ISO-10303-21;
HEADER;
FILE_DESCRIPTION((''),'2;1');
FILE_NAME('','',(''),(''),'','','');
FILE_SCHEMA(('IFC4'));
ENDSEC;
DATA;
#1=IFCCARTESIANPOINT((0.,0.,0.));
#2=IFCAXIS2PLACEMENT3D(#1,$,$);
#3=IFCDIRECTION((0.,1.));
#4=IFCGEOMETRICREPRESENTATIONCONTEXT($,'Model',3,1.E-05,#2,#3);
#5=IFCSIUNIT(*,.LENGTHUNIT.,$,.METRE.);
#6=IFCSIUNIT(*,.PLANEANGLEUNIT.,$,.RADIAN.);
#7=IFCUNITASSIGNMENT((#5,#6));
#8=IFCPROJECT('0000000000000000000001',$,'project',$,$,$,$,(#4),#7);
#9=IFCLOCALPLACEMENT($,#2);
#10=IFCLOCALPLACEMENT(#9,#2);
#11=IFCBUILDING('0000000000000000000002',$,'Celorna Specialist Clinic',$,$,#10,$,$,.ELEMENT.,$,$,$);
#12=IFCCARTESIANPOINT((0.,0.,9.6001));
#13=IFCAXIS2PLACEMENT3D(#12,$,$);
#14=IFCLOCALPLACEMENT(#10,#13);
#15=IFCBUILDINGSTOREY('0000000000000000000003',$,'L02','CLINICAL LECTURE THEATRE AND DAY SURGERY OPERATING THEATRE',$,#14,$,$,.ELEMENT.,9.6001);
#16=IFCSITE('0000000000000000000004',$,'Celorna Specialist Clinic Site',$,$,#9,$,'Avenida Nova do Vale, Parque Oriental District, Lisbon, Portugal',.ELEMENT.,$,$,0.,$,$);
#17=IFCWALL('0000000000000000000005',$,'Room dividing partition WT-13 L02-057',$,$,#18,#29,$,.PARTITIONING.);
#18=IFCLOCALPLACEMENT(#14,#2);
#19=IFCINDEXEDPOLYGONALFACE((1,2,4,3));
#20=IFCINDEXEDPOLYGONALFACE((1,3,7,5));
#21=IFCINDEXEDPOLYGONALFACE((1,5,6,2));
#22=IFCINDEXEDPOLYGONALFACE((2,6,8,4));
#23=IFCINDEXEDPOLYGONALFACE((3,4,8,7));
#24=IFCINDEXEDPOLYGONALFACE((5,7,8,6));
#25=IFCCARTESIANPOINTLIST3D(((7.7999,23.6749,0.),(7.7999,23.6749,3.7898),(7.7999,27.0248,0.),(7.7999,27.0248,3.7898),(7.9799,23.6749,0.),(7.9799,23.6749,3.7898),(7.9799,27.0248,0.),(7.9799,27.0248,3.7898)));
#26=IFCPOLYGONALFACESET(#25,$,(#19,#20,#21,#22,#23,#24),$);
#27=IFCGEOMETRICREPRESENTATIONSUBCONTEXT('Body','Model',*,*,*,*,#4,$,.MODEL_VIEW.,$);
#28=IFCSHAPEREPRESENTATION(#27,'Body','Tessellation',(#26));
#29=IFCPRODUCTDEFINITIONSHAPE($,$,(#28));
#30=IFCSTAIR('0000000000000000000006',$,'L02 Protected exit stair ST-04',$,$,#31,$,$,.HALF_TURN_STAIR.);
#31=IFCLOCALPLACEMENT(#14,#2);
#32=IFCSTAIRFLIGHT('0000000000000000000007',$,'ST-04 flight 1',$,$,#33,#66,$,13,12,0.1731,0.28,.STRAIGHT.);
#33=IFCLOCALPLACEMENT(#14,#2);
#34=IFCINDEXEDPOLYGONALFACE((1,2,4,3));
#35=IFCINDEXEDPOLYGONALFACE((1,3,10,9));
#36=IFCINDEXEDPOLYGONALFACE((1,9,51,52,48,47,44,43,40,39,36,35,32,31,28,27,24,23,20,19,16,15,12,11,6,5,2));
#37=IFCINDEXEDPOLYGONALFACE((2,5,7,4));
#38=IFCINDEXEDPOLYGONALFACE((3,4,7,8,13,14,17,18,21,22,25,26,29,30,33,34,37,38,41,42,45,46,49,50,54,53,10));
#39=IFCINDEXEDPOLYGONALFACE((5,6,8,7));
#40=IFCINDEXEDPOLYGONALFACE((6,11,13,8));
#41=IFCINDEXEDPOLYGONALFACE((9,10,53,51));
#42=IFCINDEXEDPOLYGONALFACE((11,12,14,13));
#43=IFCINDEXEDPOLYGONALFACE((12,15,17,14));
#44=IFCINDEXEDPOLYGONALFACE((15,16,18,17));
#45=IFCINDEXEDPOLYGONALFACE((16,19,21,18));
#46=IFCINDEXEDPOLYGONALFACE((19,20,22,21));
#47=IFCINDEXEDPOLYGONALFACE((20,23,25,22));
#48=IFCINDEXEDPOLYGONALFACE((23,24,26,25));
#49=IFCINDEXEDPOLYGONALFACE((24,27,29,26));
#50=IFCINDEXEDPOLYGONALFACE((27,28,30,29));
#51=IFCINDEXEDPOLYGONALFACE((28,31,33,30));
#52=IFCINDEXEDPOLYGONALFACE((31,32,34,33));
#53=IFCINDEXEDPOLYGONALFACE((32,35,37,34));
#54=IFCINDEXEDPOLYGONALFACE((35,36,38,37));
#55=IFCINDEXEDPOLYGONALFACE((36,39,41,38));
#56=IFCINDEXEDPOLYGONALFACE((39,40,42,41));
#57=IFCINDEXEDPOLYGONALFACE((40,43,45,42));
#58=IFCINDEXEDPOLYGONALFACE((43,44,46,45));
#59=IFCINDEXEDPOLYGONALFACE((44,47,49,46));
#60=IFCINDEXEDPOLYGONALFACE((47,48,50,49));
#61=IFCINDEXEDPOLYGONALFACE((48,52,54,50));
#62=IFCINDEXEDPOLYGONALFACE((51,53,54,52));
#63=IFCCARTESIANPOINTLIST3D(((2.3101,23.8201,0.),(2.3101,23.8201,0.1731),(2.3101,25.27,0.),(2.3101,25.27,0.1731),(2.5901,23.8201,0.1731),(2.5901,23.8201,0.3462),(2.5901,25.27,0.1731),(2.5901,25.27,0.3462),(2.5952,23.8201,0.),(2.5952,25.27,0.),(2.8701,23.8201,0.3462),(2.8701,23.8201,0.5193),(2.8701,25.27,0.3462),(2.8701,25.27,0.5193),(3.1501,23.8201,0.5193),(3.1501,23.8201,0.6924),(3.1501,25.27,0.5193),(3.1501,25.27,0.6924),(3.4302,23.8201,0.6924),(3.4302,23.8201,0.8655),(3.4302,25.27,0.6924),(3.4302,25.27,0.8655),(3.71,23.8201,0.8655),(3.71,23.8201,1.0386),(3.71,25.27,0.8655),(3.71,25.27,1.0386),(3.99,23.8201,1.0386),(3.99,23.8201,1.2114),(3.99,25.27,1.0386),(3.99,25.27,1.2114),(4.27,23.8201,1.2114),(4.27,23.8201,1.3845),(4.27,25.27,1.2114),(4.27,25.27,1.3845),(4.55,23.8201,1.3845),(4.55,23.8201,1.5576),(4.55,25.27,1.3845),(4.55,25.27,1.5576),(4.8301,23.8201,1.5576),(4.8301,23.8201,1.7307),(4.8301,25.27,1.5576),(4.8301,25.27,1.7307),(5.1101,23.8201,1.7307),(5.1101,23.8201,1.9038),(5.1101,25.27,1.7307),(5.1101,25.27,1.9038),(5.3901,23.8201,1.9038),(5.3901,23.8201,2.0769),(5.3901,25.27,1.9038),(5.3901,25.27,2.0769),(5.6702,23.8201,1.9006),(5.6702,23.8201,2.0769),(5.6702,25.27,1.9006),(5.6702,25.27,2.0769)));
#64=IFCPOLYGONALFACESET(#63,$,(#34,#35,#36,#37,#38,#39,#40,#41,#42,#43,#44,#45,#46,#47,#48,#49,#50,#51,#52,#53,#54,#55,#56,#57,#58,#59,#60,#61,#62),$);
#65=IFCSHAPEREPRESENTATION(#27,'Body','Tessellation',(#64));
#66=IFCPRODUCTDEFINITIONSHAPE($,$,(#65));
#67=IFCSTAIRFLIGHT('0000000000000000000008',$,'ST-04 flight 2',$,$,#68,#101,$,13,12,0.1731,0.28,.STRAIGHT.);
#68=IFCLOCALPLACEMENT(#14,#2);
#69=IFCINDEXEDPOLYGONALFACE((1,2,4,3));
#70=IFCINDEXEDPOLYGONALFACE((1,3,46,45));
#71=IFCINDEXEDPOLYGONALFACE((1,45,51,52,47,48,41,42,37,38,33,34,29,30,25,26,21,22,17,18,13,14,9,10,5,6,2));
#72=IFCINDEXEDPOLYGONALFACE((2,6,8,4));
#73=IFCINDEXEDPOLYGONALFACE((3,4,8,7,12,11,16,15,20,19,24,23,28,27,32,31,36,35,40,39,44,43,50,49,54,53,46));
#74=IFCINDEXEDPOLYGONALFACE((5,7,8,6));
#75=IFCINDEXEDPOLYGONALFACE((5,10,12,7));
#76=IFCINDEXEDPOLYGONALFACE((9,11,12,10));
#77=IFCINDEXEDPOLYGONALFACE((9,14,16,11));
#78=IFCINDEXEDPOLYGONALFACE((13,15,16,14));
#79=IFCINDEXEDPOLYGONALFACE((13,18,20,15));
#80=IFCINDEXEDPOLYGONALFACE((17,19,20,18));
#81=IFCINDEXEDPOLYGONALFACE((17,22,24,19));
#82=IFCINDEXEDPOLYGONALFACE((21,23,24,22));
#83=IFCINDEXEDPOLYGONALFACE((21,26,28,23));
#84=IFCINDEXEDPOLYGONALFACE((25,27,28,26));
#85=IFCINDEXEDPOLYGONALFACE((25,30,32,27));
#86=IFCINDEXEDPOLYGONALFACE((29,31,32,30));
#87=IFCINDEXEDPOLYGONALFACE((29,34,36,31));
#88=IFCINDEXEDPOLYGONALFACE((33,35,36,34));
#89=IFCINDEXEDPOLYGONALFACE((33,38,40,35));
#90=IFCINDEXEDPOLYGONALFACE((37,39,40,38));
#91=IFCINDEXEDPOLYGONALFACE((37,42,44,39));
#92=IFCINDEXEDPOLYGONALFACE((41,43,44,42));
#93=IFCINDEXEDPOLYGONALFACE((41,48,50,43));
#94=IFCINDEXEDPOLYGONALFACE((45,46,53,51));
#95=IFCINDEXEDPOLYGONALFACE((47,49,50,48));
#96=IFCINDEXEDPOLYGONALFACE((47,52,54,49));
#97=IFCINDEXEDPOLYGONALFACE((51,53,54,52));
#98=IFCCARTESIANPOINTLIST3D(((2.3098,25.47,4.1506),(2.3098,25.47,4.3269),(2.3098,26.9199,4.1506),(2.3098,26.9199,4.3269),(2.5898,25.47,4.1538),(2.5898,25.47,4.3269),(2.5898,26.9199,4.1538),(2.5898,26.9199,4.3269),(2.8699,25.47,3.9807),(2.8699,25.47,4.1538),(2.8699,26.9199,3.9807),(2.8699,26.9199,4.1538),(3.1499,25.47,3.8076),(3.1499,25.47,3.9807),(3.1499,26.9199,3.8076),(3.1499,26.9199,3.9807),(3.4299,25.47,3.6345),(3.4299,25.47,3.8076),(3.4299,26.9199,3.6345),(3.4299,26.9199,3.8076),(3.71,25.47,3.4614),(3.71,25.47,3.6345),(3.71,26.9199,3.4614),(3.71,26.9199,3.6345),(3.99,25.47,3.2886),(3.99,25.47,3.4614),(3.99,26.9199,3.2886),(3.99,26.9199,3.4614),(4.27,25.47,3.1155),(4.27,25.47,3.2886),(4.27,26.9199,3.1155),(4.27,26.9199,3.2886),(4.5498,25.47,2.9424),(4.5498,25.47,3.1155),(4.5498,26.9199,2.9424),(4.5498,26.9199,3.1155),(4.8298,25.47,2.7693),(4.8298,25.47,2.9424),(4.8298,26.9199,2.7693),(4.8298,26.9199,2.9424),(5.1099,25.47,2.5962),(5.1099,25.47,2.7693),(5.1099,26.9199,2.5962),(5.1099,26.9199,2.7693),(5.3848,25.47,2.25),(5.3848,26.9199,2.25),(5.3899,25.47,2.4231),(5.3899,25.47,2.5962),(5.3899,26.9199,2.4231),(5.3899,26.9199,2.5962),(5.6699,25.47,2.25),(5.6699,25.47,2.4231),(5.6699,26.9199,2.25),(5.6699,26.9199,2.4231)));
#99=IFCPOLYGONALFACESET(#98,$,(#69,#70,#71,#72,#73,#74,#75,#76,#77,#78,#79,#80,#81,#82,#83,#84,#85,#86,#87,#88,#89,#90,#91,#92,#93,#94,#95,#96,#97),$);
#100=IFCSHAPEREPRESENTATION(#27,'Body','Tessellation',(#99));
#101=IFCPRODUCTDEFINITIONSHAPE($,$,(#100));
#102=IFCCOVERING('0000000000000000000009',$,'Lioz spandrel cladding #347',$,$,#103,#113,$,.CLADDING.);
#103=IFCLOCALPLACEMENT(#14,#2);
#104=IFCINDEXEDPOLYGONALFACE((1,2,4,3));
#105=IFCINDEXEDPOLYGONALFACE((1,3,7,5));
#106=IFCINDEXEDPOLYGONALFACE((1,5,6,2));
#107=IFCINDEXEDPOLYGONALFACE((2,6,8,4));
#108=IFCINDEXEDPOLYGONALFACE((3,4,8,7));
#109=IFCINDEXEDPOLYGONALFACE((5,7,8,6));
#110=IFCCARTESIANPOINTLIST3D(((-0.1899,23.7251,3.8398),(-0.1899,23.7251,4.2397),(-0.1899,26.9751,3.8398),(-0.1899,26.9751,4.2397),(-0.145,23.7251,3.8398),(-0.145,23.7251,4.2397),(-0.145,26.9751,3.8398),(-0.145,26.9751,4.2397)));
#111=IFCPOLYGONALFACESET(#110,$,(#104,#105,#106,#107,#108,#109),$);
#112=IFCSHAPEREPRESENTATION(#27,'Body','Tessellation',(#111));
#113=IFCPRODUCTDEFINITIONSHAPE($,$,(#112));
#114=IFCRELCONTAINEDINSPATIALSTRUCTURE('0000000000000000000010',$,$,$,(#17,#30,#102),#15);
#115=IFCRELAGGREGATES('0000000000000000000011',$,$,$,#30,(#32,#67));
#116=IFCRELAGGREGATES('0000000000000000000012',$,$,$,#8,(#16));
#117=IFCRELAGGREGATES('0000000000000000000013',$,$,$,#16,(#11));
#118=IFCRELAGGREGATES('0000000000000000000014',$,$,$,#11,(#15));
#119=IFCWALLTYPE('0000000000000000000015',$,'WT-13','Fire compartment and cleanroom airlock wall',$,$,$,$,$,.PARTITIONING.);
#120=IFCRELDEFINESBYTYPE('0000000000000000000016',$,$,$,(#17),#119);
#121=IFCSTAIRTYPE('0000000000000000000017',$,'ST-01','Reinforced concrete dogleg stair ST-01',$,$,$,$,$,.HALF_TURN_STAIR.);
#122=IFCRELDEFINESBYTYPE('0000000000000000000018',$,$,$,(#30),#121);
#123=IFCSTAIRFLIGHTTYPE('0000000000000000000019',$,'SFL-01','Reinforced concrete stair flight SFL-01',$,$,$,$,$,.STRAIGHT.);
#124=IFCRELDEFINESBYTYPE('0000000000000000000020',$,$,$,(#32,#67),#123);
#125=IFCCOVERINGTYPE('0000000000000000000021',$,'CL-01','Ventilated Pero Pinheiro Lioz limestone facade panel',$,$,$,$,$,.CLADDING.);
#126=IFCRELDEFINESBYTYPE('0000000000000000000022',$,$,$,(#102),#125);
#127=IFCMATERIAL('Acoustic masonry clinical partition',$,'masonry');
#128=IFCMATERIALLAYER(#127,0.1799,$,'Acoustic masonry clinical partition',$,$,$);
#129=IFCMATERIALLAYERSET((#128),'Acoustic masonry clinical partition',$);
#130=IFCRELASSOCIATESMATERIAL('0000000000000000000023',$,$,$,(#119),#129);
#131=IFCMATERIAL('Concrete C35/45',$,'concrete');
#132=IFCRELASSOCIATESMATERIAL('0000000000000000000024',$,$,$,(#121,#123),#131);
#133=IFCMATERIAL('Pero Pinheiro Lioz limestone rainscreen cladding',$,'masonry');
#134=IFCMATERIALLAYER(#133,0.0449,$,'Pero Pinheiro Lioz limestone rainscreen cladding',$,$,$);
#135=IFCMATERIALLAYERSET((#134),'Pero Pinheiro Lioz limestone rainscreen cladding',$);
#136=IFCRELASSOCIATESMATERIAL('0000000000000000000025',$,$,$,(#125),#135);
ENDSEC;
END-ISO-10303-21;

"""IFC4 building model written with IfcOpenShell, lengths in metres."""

from ifc_helpers import new_model, si_unit, direction, frame, frame_2d, origin, origin_2d, place, context, subcontext, project, spatial, polyline, rectangle, outline, extrude, material, layer, layer_set, type_object, element, aggregate, save


model = new_model("IFC4")

# Units and contexts
model_context = context("Model", 3, precision=1e-05, world=origin(), true_north=direction((0.0, 1.0)))
body_context = subcontext(model_context, "Body", "Model", "MODEL_VIEW")
ifc_project = project(units=[si_unit("LENGTHUNIT", "METRE"), si_unit("PLANEANGLEUNIT", "RADIAN")], contexts=[model_context])

# Site, building, storey
site_placement = place(None, origin())
site = spatial("IfcSite", under=ifc_project, at=site_placement, Name="Celorna Specialist Clinic Site", LongName="Avenida Nova do Vale, Parque Oriental District, Lisbon, Portugal", CompositionType="ELEMENT", RefElevation=0.0)
building_placement = place(site_placement, origin())
building = spatial("IfcBuilding", under=site, at=building_placement, Name="Celorna Specialist Clinic", CompositionType="ELEMENT")
storey_placement = place(building_placement, frame((0.0, 0.0, 9.6001)))
storey = spatial("IfcBuildingStorey", under=building, at=storey_placement, Name="L02", Description="CLINICAL LECTURE THEATRE AND DAY SURGERY OPERATING THEATRE", CompositionType="ELEMENT", Elevation=9.6001)

# Shared definitions
ifc_material_1 = material(Name="Concrete C35/45", Category="concrete")

# Wall
ifc_material_2 = material(Name="Acoustic masonry clinical partition", Category="masonry")
ifc_layer_1 = layer(ifc_material_2, 0.1799, Name="Acoustic masonry clinical partition")
ifc_layer_set_1 = layer_set([ifc_layer_1], Name="Acoustic masonry clinical partition")
wall_type_1 = type_object("IfcWallType", Name="WT-13", Description="Fire compartment and cleanroom airlock wall", PredefinedType="PARTITIONING", material=ifc_layer_set_1)
wall_1_placement = place(storey_placement, frame((7.8899, 23.675, 0.0), z_axis=(0.0, 0.0, 1.0), x_axis=(0.0, 1.0, 0.0)))
element("IfcWall", 1, at=wall_1_placement, inside=storey, type_object=wall_type_1, Name="Room dividing partition WT-13 L02-057", PredefinedType="PARTITIONING", context=body_context, shape_type="SweptSolid", body=[
    extrude(rectangle(XDim=3.3499, YDim=0.1799, at=frame_2d((1.6748, 0.0))), origin(), (0.0, 0.0, 1.0), 3.7898),
])

# Stair, stair flights
stair_type = type_object("IfcStairType", Name="ST-01", Description="Reinforced concrete dogleg stair ST-01", PredefinedType="HALF_TURN_STAIR", material=ifc_material_1)
stair_placement = place(storey_placement, origin())
stair = element("IfcStair", 2, at=stair_placement, inside=storey, type_object=stair_type, Name="L02 Protected exit stair ST-04", PredefinedType="HALF_TURN_STAIR")
stair_flight_type = type_object("IfcStairFlightType", Name="SFL-01", Description="Reinforced concrete stair flight SFL-01", PredefinedType="STRAIGHT", material=ifc_material_1)
stair_flight_1_placement = place(storey_placement, frame((2.3101, 24.5449, 0.0), z_axis=(0.0, 0.0, 1.0), x_axis=(1.0, 0.0, 0.0)))
stair_flight_1 = element("IfcStairFlight", 3, at=stair_flight_1_placement, type_object=stair_flight_type, Name="ST-04 flight 1", NumberOfRisers=13, NumberOfTreads=12, PredefinedType="STRAIGHT", RiserHeight=0.1731, TreadLength=0.28, context=body_context, shape_type="SweptSolid", body=[
    extrude(outline(polyline([(0.0, 0.0), (0.0, 0.1731), (0.28, 0.1731), (0.28, 0.3462), (0.5601, 0.3462), (0.5601, 0.5193), (0.8401, 0.5193), (0.8401, 0.6924), (1.1201, 0.6924), (1.1201, 0.8655), (1.3999, 0.8655), (1.3999, 1.0386), (1.6799, 1.0386), (1.6799, 1.2114), (1.96, 1.2114), (1.96, 1.3845), (2.24, 1.3845), (2.24, 1.5576), (2.52, 1.5576), (2.52, 1.7307), (2.8, 1.7307), (2.8, 1.9038), (3.0801, 1.9038), (3.0801, 2.0769), (3.3601, 2.0769), (3.3601, 2.25), (3.3601, 1.9006), (0.2852, 0.0), (0.0, 0.0)])), frame((0.0, 0.7251, 0.0), z_axis=(0.0, -1.0, 0.0), x_axis=(1.0, 0.0, 0.0)), (0.0, 0.0, 1.0), 1.45),
])
stair_flight_2_placement = place(storey_placement, frame((5.6699, 26.1951, 2.25), z_axis=(0.0, 0.0, 1.0), x_axis=(-1.0, 0.0, 0.0)))
stair_flight_2 = element("IfcStairFlight", 4, at=stair_flight_2_placement, type_object=stair_flight_type, Name="ST-04 flight 2", NumberOfRisers=13, NumberOfTreads=12, PredefinedType="STRAIGHT", RiserHeight=0.1731, TreadLength=0.28, context=body_context, shape_type="SweptSolid", body=[
    extrude(outline(polyline([(0.0, 0.0), (0.0, 0.1731), (0.28, 0.1731), (0.28, 0.3462), (0.5601, 0.3462), (0.5601, 0.5193), (0.8401, 0.5193), (0.8401, 0.6924), (1.1201, 0.6924), (1.1201, 0.8655), (1.3999, 0.8655), (1.3999, 1.0386), (1.6799, 1.0386), (1.6799, 1.2114), (1.96, 1.2114), (1.96, 1.3845), (2.24, 1.3845), (2.24, 1.5576), (2.52, 1.5576), (2.52, 1.7307), (2.8, 1.7307), (2.8, 1.9038), (3.0801, 1.9038), (3.0801, 2.0769), (3.3601, 2.0769), (3.3601, 2.25), (3.3601, 1.9006), (0.2852, 0.0), (0.0, 0.0)])), frame((0.0, 0.7251, 0.0), z_axis=(0.0, -1.0, 0.0), x_axis=(1.0, 0.0, 0.0)), (0.0, 0.0, 1.0), 1.45),
])
aggregate(stair, [stair_flight_1, stair_flight_2])

# Covering
ifc_material_3 = material(Name="Pero Pinheiro Lioz limestone rainscreen cladding", Category="masonry")
ifc_layer_2 = layer(ifc_material_3, 0.0449, Name="Pero Pinheiro Lioz limestone rainscreen cladding")
ifc_layer_set_2 = layer_set([ifc_layer_2], Name="Pero Pinheiro Lioz limestone rainscreen cladding")
covering_type = type_object("IfcCoveringType", Name="CL-01", Description="Ventilated Pero Pinheiro Lioz limestone facade panel", PredefinedType="CLADDING", material=ifc_layer_set_2)
covering_placement = place(storey_placement, frame((-0.1675, 25.3501, 3.8398), z_axis=(0.0, 0.0, 1.0), x_axis=(0.0, 1.0, 0.0)))
element("IfcCovering", 5, at=covering_placement, inside=storey, type_object=covering_type, Name="Lioz spandrel cladding #347", PredefinedType="CLADDING", context=body_context, shape_type="SweptSolid", body=[
    extrude(rectangle(XDim=3.25, YDim=0.0449, at=origin_2d()), origin(), (0.0, 0.0, 1.0), 0.3999),
])

save(model, "model.ifc")
